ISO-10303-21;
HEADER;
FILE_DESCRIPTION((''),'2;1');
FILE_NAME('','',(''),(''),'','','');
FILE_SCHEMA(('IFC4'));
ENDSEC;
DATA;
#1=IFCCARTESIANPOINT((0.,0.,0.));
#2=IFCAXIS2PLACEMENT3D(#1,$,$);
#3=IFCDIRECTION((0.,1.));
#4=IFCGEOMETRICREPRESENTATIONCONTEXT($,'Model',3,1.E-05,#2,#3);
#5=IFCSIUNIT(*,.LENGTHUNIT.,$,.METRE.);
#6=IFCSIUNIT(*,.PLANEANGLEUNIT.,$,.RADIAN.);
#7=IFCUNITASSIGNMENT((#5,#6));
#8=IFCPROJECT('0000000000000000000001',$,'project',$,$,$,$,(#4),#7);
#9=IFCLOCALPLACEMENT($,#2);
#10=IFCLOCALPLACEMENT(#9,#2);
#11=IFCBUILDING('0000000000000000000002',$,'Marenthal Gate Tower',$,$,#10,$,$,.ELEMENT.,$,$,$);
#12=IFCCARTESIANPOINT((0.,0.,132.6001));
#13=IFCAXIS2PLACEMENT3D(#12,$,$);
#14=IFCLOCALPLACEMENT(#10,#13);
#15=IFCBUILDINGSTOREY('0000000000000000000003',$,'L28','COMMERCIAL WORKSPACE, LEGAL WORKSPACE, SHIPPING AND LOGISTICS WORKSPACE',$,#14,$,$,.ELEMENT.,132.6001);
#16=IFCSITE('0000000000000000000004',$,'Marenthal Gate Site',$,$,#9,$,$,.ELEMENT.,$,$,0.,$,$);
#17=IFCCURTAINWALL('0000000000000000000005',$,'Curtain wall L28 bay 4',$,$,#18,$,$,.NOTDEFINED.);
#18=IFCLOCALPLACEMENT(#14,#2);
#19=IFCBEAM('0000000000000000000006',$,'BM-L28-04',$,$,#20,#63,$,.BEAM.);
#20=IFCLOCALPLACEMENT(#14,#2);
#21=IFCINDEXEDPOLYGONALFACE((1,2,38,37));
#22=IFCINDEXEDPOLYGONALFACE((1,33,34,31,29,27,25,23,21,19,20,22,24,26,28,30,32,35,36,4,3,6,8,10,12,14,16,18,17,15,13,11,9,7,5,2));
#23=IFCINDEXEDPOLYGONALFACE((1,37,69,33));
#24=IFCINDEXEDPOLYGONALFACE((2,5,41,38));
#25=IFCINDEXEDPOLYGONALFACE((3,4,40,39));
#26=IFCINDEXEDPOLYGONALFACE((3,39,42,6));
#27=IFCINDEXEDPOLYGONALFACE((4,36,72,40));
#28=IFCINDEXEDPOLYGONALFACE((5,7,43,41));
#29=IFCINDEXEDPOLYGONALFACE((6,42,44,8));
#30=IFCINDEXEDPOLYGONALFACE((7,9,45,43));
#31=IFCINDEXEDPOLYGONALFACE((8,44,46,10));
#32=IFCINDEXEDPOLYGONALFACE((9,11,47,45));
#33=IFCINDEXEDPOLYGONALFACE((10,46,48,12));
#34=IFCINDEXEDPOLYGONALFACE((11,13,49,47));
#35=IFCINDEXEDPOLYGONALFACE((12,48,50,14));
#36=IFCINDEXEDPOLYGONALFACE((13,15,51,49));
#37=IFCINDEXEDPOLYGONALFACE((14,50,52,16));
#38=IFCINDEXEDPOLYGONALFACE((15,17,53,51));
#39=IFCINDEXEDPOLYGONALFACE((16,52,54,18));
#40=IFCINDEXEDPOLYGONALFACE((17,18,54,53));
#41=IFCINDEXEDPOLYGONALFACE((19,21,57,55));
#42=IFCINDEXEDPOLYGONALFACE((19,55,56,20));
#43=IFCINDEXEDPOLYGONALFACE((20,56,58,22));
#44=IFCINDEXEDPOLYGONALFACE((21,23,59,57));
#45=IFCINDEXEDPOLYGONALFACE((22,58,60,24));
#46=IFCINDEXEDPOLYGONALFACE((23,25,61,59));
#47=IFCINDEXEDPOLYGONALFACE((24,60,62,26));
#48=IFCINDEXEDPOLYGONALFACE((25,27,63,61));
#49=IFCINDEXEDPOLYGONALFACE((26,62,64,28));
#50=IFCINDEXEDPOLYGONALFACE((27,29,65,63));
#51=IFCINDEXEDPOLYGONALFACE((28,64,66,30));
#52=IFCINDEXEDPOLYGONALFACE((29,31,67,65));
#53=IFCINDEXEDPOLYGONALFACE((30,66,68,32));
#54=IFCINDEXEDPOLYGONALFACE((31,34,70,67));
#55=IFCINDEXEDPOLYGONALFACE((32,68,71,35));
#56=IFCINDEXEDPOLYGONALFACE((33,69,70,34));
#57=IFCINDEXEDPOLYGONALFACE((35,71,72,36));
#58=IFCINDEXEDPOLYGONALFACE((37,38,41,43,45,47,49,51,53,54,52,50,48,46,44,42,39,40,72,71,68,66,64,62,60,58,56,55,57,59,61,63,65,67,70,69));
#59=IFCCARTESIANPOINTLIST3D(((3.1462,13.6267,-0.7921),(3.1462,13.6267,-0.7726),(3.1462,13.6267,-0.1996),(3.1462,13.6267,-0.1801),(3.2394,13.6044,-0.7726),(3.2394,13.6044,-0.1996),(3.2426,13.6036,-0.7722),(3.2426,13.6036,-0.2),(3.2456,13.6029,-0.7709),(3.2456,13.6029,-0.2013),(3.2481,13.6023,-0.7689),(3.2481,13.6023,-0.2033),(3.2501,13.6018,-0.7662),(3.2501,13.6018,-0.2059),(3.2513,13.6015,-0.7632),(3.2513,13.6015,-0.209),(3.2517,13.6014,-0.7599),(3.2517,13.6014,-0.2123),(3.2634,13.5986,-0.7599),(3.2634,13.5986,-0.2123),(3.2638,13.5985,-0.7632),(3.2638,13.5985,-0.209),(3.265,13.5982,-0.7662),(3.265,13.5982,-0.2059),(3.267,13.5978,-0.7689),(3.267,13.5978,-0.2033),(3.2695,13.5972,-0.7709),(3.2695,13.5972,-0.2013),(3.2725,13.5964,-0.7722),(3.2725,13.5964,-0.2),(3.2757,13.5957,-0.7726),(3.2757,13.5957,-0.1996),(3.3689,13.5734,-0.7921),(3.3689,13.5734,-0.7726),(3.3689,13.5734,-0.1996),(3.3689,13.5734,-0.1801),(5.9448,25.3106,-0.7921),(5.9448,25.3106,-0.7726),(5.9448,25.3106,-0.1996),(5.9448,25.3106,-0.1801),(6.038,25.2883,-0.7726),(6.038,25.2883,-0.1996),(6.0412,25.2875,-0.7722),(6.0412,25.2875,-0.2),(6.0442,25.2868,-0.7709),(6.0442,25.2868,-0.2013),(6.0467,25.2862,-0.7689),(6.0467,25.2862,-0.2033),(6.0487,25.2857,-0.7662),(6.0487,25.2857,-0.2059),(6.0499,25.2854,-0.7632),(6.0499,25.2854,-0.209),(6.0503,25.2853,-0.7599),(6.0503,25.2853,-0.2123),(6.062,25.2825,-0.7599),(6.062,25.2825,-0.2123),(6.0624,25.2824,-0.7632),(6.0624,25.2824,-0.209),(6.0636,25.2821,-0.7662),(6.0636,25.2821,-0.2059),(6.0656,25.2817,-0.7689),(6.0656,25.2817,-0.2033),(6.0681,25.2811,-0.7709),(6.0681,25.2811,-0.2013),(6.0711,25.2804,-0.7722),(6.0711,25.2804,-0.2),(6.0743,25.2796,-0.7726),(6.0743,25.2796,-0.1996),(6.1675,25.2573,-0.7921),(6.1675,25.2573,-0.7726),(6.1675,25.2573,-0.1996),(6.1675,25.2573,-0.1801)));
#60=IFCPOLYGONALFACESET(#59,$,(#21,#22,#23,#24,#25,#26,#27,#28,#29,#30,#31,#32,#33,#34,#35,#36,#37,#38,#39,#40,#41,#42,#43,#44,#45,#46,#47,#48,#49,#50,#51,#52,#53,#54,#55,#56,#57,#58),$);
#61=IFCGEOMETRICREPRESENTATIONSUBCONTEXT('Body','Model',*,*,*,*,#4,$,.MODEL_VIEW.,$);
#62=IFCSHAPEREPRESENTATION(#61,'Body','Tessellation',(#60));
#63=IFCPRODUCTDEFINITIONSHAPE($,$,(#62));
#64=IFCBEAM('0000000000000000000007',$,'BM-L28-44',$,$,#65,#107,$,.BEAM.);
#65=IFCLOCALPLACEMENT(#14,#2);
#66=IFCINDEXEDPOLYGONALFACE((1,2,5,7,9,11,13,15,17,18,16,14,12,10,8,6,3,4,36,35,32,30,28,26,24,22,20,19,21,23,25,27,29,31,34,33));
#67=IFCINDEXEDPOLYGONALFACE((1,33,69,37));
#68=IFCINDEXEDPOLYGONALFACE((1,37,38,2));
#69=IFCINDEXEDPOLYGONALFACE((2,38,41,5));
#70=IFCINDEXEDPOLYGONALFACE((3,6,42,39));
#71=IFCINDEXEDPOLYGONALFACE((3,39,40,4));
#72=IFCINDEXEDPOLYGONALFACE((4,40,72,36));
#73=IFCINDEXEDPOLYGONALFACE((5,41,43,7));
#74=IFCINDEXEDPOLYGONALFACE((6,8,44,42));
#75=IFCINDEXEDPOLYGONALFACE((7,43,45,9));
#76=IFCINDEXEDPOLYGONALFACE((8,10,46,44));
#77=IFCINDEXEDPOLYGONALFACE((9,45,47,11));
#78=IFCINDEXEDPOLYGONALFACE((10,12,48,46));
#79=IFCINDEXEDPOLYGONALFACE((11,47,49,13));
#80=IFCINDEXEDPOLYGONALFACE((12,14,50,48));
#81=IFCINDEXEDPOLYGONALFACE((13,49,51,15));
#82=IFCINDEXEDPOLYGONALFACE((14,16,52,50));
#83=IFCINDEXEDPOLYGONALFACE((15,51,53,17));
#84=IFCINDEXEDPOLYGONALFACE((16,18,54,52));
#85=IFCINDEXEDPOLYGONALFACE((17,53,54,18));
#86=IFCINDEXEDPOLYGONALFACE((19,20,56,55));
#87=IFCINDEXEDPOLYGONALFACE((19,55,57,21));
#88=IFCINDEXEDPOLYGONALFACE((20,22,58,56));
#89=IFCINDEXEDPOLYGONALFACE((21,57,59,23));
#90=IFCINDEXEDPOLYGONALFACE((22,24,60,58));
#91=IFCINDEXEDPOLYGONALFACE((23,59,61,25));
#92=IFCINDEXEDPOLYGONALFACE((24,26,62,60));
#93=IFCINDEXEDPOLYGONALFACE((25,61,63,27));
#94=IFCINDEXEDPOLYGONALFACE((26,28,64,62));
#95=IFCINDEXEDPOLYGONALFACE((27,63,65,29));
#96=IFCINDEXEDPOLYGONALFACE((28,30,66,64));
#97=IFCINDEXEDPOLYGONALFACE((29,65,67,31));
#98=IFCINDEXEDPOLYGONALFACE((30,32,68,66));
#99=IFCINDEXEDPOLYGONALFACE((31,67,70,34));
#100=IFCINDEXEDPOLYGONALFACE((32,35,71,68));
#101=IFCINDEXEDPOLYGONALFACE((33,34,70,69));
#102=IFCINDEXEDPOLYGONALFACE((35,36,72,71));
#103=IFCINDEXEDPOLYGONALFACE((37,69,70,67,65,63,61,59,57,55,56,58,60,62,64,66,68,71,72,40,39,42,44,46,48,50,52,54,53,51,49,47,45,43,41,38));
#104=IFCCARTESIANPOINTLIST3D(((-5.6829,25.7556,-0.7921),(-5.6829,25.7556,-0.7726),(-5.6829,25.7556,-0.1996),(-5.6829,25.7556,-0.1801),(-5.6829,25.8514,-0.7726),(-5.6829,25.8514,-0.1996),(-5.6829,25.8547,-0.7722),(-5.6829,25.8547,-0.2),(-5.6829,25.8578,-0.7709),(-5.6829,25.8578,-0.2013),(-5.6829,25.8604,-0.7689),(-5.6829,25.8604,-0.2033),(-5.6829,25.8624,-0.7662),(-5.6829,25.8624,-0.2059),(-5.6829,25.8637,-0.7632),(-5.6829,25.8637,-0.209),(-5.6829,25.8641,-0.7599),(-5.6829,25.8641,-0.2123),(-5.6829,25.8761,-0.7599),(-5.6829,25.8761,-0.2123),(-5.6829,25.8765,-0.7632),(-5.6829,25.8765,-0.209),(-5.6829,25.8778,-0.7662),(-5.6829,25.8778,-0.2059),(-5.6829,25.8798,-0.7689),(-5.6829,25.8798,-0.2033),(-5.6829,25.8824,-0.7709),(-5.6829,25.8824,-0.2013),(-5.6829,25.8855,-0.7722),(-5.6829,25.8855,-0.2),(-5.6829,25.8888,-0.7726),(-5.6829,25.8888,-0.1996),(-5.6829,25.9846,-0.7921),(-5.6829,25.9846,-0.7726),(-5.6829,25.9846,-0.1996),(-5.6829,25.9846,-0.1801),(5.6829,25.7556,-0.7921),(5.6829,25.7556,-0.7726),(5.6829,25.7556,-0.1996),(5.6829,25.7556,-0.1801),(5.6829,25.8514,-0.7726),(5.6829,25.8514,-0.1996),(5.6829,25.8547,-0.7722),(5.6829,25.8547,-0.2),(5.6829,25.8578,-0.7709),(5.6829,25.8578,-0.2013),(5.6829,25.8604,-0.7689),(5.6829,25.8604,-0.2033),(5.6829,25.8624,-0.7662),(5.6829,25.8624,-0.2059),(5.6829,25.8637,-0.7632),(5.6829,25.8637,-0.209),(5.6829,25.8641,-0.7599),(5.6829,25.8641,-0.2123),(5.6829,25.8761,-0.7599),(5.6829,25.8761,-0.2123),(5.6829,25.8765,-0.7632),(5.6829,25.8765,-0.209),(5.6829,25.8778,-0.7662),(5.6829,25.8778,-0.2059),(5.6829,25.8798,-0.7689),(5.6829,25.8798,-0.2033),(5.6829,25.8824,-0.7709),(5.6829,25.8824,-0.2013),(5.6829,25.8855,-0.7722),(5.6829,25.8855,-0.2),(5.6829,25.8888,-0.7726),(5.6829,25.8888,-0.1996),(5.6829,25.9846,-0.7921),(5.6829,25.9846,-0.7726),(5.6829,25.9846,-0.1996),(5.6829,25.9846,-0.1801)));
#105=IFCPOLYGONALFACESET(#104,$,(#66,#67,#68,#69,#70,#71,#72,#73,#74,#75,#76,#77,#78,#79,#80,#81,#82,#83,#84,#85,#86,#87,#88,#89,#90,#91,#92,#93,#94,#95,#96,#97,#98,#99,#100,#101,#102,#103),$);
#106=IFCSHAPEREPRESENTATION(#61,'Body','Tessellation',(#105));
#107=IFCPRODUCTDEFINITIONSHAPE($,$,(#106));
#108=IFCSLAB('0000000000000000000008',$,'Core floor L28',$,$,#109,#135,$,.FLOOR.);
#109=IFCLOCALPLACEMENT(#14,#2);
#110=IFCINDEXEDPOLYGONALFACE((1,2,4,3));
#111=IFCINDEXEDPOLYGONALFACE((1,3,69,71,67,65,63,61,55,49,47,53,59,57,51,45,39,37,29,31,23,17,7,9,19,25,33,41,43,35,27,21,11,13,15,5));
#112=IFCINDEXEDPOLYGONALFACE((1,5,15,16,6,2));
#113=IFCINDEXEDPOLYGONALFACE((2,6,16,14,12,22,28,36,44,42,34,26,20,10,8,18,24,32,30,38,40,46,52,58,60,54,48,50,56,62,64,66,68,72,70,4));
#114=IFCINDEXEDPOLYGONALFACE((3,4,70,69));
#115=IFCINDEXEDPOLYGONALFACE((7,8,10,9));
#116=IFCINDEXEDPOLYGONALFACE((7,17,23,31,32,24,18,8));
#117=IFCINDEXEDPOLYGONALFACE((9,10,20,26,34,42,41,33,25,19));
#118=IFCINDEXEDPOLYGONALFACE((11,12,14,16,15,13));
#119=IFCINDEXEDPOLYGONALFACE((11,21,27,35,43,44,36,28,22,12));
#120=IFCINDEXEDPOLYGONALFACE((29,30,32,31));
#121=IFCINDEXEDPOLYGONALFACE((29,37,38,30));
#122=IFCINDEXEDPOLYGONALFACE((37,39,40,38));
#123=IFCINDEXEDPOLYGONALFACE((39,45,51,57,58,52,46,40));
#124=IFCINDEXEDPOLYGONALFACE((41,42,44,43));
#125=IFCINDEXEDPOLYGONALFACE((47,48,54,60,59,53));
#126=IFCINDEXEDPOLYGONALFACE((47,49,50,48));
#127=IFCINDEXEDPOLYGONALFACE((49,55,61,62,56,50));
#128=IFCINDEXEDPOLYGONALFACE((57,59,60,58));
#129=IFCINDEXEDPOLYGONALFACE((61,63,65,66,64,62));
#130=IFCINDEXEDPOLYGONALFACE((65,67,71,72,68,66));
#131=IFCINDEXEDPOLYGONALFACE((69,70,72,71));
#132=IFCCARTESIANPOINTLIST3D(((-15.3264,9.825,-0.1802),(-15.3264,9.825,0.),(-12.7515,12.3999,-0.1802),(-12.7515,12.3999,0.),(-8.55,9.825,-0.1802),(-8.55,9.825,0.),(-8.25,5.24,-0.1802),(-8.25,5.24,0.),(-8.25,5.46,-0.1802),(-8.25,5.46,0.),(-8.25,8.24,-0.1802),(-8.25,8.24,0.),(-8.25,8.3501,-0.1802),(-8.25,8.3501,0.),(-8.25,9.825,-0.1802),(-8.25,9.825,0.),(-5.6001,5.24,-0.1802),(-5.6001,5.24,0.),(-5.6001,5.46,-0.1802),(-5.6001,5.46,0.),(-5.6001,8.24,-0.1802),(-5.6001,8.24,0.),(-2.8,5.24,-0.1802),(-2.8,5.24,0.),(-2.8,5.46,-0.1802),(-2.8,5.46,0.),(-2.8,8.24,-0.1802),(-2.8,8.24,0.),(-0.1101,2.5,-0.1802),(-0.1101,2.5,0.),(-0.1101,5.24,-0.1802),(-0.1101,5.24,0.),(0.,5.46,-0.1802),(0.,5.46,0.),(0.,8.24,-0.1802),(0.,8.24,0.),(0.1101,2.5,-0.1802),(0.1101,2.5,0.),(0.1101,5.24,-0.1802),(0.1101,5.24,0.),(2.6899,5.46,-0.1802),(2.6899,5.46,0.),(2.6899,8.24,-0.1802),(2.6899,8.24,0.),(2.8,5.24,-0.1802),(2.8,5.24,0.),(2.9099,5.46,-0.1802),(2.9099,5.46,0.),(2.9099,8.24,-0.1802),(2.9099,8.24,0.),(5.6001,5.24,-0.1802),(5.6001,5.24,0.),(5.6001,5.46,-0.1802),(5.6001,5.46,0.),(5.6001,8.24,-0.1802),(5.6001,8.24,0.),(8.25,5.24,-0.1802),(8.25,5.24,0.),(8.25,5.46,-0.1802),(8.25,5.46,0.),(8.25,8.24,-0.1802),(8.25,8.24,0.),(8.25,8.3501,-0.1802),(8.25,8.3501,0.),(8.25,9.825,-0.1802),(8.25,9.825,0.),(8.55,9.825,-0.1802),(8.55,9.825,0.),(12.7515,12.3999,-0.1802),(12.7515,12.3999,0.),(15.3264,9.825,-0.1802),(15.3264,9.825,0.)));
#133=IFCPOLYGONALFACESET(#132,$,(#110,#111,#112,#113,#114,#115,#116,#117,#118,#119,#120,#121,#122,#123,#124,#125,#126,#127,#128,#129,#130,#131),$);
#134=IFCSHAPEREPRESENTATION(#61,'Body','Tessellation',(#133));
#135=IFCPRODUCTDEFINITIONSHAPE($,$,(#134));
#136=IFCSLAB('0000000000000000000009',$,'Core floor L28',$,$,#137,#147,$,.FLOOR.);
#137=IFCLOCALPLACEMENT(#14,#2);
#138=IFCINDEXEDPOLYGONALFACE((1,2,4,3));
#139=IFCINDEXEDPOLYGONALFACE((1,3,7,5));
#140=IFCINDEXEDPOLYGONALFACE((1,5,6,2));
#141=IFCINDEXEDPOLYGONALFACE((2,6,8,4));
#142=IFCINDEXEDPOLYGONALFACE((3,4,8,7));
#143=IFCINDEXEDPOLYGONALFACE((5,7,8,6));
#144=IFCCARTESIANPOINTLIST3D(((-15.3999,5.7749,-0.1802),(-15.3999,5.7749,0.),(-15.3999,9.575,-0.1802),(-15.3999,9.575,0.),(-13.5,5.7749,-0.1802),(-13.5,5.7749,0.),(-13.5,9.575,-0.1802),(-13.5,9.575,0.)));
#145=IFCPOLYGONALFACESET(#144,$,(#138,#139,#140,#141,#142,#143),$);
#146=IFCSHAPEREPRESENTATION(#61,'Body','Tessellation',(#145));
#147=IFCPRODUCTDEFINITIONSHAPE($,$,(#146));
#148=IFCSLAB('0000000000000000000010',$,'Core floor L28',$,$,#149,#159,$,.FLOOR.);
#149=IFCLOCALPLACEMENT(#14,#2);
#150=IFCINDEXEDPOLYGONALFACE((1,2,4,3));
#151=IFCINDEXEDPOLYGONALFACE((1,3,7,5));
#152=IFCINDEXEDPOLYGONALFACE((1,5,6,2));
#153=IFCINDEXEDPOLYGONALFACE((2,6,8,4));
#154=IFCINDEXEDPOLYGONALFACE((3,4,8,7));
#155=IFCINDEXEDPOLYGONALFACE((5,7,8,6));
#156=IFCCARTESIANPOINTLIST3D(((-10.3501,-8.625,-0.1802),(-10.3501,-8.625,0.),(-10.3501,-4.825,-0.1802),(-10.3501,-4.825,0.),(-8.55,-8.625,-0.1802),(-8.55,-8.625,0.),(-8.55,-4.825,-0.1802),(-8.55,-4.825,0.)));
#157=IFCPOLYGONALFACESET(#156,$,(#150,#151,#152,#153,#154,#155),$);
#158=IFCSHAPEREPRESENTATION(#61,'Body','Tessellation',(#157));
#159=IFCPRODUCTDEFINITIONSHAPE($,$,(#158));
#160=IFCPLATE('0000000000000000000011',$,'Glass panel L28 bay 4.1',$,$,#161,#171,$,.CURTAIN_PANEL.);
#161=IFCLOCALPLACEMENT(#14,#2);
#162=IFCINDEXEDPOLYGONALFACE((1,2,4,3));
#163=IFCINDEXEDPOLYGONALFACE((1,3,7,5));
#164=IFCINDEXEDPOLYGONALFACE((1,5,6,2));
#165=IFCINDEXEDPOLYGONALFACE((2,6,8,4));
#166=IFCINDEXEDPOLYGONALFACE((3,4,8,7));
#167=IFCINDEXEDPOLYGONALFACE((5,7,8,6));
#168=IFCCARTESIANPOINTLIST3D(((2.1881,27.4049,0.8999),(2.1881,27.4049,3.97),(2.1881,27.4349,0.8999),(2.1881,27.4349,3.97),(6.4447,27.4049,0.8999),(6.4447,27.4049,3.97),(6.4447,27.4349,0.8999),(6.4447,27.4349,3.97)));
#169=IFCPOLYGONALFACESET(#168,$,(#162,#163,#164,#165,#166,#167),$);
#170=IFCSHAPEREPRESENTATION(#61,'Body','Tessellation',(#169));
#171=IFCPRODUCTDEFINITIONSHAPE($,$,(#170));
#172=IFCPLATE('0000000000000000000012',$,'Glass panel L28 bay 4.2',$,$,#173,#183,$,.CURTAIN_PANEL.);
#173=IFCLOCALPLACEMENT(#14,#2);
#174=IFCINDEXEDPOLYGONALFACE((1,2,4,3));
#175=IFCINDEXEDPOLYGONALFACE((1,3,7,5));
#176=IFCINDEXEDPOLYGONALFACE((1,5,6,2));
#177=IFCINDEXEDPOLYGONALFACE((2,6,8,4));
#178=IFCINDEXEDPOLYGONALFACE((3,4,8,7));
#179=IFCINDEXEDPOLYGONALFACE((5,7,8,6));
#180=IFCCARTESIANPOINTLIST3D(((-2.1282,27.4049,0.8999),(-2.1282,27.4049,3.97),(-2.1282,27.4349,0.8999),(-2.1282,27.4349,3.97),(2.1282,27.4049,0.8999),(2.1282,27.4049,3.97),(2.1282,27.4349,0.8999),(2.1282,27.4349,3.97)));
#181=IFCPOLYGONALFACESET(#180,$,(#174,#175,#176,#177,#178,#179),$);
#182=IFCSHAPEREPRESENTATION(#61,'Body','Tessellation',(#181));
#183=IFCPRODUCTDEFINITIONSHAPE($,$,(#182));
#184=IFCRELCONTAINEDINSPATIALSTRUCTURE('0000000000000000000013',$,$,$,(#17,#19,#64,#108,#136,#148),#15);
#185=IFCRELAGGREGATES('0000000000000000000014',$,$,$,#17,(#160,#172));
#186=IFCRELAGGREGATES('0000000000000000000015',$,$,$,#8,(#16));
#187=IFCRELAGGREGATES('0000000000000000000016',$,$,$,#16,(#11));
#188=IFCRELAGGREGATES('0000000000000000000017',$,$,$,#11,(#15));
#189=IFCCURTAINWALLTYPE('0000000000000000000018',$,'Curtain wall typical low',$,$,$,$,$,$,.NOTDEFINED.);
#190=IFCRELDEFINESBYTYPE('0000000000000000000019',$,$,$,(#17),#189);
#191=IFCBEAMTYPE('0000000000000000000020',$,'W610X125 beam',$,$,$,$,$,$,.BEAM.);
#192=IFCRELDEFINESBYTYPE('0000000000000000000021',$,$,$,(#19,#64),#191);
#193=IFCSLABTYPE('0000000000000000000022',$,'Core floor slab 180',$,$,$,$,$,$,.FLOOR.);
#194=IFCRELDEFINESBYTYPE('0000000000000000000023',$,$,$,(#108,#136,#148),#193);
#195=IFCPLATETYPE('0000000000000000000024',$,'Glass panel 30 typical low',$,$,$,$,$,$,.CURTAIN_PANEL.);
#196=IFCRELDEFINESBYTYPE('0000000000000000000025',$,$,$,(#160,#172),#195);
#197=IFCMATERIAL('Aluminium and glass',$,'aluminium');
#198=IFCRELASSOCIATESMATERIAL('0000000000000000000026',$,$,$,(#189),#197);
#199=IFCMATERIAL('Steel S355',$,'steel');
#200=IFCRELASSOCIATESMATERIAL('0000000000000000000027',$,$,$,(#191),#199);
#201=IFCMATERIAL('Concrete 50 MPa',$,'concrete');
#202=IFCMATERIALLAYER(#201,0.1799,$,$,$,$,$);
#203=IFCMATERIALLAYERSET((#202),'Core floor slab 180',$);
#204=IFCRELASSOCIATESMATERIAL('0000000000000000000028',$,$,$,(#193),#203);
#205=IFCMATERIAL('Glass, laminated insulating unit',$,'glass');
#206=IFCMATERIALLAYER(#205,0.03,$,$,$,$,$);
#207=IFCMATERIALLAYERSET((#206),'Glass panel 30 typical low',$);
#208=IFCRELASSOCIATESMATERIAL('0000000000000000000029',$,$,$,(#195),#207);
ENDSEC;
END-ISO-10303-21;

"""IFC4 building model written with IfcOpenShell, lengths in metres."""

from ifc_helpers import new_model, si_unit, direction, frame, origin, origin_2d, place, context, subcontext, project, spatial, polyline, rectangle, i_section, outline, extrude, material, layer, layer_set, material_profile, profile_set, type_object, element, aggregate, save


model = new_model("IFC4")

# Units and contexts
model_context = context("Model", 3, precision=1e-05, world=origin(), true_north=direction((0.0, 1.0)))
body_context = subcontext(model_context, "Body", "Model", "MODEL_VIEW")
ifc_project = project(units=[si_unit("LENGTHUNIT", "METRE"), si_unit("PLANEANGLEUNIT", "RADIAN")], contexts=[model_context])

# Site, building, storey
site_placement = place(None, origin())
site = spatial("IfcSite", under=ifc_project, at=site_placement, Name="Marenthal Gate Site", CompositionType="ELEMENT", RefElevation=0.0)
building_placement = place(site_placement, origin())
building = spatial("IfcBuilding", under=site, at=building_placement, Name="Marenthal Gate Tower", CompositionType="ELEMENT")
storey_placement = place(building_placement, frame((0.0, 0.0, 132.6001)))
storey = spatial("IfcBuildingStorey", under=building, at=storey_placement, Name="L28", Description="COMMERCIAL WORKSPACE, LEGAL WORKSPACE, SHIPPING AND LOGISTICS WORKSPACE", CompositionType="ELEMENT", Elevation=132.6001)

# Curtain wall
ifc_material_1 = material(Name="Aluminium and glass", Category="aluminium")
curtain_wall_type = type_object("IfcCurtainWallType", Name="Curtain wall typical low", PredefinedType="NOTDEFINED", material=ifc_material_1)
curtain_wall_placement = place(storey_placement, origin())
curtain_wall = element("IfcCurtainWall", 1, at=curtain_wall_placement, inside=storey, type_object=curtain_wall_type, Name="Curtain wall L28 bay 4", PredefinedType="NOTDEFINED")

# Beams
ifc_material_2 = material(Name="Steel S355", Category="steel")
ifc_material_profile_1 = material_profile(ifc_material_2, i_section(OverallWidth=0.229, OverallDepth=0.6121, WebThickness=0.012, FlangeThickness=0.0195, FilletRadius=0.0127, at=origin_2d()), Name="W610X125")
ifc_profile_set_1 = profile_set([ifc_material_profile_1], Name="Steel S355")
beam_type_1 = type_object("IfcBeamType", Name="W610X125 beam", PredefinedType="BEAM", material=ifc_profile_set_1)
beam_1_placement = place(storey_placement, frame((6.0562, 25.2839, -0.4861), z_axis=(-0.232937, -0.972492, 0.0), x_axis=(0.972492, -0.232937, 0.0)))
element("IfcBeam", 2, at=beam_1_placement, inside=storey, type_object=beam_type_1, Name="BM-L28-04", PredefinedType="BEAM", context=body_context, shape_type="SweptSolid", body=[
    extrude(i_section(OverallWidth=0.229, OverallDepth=0.6121, WebThickness=0.012, FlangeThickness=0.0195, FilletRadius=0.0127, at=origin_2d()), origin(), (0.0, 0.0, 1.0), 12.0144),
])
beam_2_placement = place(storey_placement, frame((5.6829, 25.8701, -0.4861), z_axis=(-1.0, 0.0, 0.0), x_axis=(0.0, -1.0, 0.0)))
element("IfcBeam", 3, at=beam_2_placement, inside=storey, type_object=beam_type_1, Name="BM-L28-44", PredefinedType="BEAM", context=body_context, shape_type="SweptSolid", body=[
    extrude(i_section(OverallWidth=0.229, OverallDepth=0.6121, WebThickness=0.012, FlangeThickness=0.0195, FilletRadius=0.0127, at=origin_2d()), origin(), (0.0, 0.0, 1.0), 11.3657),
])

# Slabs
ifc_material_3 = material(Name="Concrete 50 MPa", Category="concrete")
ifc_layer_1 = layer(ifc_material_3, 0.1799)
ifc_layer_set_1 = layer_set([ifc_layer_1], Name="Core floor slab 180")
slab_type_1 = type_object("IfcSlabType", Name="Core floor slab 180", PredefinedType="FLOOR", material=ifc_layer_set_1)
slab_1_placement = place(storey_placement, frame((0.0, 0.0, -0.1802)))
element("IfcSlab", 4, at=slab_1_placement, inside=storey, type_object=slab_type_1, Name="Core floor L28", PredefinedType="FLOOR", context=body_context, shape_type="SweptSolid", body=[
    extrude(outline(polyline([(12.7515, 12.3999), (15.3264, 9.825), (8.55, 9.825), (8.25, 9.825), (8.25, 8.3501), (8.25, 8.24), (5.6001, 8.24), (2.9099, 8.24), (2.9099, 5.46), (5.6001, 5.46), (8.25, 5.46), (8.25, 5.24), (5.6001, 5.24), (2.8, 5.24), (0.1101, 5.24), (0.1101, 2.5), (-0.1101, 2.5), (-0.1101, 5.24), (-2.8, 5.24), (-5.6001, 5.24), (-8.25, 5.24), (-8.25, 5.46), (-5.6001, 5.46), (-2.8, 5.46), (0.0, 5.46), (2.6899, 5.46), (2.6899, 8.24), (0.0, 8.24), (-2.8, 8.24), (-5.6001, 8.24), (-8.25, 8.24), (-8.25, 8.3501), (-8.25, 9.825), (-8.55, 9.825), (-15.3264, 9.825), (-12.7515, 12.3999), (12.7515, 12.3999)])), origin(), (0.0, 0.0, 1.0), 0.1802),
])
slab_2_placement = place(storey_placement, frame((0.0, 0.0, -0.1802)))
element("IfcSlab", 5, at=slab_2_placement, inside=storey, type_object=slab_type_1, Name="Core floor L28", PredefinedType="FLOOR", context=body_context, shape_type="SweptSolid", body=[
    extrude(outline(polyline([(-15.3999, 9.575), (-13.5, 9.575), (-13.5, 5.7749), (-15.3999, 5.7749), (-15.3999, 9.575)])), origin(), (0.0, 0.0, 1.0), 0.1802),
])
slab_3_placement = place(storey_placement, frame((0.0, 0.0, -0.1802)))
element("IfcSlab", 6, at=slab_3_placement, inside=storey, type_object=slab_type_1, Name="Core floor L28", PredefinedType="FLOOR", context=body_context, shape_type="SweptSolid", body=[
    extrude(outline(polyline([(-8.55, -8.625), (-10.3501, -8.625), (-10.3501, -4.825), (-8.55, -4.825), (-8.55, -8.625)])), origin(), (0.0, 0.0, 1.0), 0.1802),
])

# Plates
ifc_material_4 = material(Name="Glass, laminated insulating unit", Category="glass")
ifc_layer_2 = layer(ifc_material_4, 0.03)
ifc_layer_set_2 = layer_set([ifc_layer_2], Name="Glass panel 30 typical low")
plate_type = type_object("IfcPlateType", Name="Glass panel 30 typical low", PredefinedType="CURTAIN_PANEL", material=ifc_layer_set_2)
plate_1_placement = place(storey_placement, frame((4.3164, 27.4199, 0.8999), z_axis=(0.0, 0.0, 1.0), x_axis=(-1.0, 0.0, 0.0)))
plate_1 = element("IfcPlate", 7, at=plate_1_placement, type_object=plate_type, Name="Glass panel L28 bay 4.1", PredefinedType="CURTAIN_PANEL", context=body_context, shape_type="SweptSolid", body=[
    extrude(rectangle(XDim=4.2566, YDim=0.03, at=origin_2d()), origin(), (0.0, 0.0, 1.0), 3.0701),
])
plate_2_placement = place(storey_placement, frame((0.0, 27.4199, 0.8999), z_axis=(0.0, 0.0, 1.0), x_axis=(-1.0, 0.0, 0.0)))
plate_2 = element("IfcPlate", 8, at=plate_2_placement, type_object=plate_type, Name="Glass panel L28 bay 4.2", PredefinedType="CURTAIN_PANEL", context=body_context, shape_type="SweptSolid", body=[
    extrude(rectangle(XDim=4.2563, YDim=0.03, at=origin_2d()), origin(), (0.0, 0.0, 1.0), 3.0701),
])
aggregate(curtain_wall, [plate_1, plate_2])

save(model, "model.ifc")
